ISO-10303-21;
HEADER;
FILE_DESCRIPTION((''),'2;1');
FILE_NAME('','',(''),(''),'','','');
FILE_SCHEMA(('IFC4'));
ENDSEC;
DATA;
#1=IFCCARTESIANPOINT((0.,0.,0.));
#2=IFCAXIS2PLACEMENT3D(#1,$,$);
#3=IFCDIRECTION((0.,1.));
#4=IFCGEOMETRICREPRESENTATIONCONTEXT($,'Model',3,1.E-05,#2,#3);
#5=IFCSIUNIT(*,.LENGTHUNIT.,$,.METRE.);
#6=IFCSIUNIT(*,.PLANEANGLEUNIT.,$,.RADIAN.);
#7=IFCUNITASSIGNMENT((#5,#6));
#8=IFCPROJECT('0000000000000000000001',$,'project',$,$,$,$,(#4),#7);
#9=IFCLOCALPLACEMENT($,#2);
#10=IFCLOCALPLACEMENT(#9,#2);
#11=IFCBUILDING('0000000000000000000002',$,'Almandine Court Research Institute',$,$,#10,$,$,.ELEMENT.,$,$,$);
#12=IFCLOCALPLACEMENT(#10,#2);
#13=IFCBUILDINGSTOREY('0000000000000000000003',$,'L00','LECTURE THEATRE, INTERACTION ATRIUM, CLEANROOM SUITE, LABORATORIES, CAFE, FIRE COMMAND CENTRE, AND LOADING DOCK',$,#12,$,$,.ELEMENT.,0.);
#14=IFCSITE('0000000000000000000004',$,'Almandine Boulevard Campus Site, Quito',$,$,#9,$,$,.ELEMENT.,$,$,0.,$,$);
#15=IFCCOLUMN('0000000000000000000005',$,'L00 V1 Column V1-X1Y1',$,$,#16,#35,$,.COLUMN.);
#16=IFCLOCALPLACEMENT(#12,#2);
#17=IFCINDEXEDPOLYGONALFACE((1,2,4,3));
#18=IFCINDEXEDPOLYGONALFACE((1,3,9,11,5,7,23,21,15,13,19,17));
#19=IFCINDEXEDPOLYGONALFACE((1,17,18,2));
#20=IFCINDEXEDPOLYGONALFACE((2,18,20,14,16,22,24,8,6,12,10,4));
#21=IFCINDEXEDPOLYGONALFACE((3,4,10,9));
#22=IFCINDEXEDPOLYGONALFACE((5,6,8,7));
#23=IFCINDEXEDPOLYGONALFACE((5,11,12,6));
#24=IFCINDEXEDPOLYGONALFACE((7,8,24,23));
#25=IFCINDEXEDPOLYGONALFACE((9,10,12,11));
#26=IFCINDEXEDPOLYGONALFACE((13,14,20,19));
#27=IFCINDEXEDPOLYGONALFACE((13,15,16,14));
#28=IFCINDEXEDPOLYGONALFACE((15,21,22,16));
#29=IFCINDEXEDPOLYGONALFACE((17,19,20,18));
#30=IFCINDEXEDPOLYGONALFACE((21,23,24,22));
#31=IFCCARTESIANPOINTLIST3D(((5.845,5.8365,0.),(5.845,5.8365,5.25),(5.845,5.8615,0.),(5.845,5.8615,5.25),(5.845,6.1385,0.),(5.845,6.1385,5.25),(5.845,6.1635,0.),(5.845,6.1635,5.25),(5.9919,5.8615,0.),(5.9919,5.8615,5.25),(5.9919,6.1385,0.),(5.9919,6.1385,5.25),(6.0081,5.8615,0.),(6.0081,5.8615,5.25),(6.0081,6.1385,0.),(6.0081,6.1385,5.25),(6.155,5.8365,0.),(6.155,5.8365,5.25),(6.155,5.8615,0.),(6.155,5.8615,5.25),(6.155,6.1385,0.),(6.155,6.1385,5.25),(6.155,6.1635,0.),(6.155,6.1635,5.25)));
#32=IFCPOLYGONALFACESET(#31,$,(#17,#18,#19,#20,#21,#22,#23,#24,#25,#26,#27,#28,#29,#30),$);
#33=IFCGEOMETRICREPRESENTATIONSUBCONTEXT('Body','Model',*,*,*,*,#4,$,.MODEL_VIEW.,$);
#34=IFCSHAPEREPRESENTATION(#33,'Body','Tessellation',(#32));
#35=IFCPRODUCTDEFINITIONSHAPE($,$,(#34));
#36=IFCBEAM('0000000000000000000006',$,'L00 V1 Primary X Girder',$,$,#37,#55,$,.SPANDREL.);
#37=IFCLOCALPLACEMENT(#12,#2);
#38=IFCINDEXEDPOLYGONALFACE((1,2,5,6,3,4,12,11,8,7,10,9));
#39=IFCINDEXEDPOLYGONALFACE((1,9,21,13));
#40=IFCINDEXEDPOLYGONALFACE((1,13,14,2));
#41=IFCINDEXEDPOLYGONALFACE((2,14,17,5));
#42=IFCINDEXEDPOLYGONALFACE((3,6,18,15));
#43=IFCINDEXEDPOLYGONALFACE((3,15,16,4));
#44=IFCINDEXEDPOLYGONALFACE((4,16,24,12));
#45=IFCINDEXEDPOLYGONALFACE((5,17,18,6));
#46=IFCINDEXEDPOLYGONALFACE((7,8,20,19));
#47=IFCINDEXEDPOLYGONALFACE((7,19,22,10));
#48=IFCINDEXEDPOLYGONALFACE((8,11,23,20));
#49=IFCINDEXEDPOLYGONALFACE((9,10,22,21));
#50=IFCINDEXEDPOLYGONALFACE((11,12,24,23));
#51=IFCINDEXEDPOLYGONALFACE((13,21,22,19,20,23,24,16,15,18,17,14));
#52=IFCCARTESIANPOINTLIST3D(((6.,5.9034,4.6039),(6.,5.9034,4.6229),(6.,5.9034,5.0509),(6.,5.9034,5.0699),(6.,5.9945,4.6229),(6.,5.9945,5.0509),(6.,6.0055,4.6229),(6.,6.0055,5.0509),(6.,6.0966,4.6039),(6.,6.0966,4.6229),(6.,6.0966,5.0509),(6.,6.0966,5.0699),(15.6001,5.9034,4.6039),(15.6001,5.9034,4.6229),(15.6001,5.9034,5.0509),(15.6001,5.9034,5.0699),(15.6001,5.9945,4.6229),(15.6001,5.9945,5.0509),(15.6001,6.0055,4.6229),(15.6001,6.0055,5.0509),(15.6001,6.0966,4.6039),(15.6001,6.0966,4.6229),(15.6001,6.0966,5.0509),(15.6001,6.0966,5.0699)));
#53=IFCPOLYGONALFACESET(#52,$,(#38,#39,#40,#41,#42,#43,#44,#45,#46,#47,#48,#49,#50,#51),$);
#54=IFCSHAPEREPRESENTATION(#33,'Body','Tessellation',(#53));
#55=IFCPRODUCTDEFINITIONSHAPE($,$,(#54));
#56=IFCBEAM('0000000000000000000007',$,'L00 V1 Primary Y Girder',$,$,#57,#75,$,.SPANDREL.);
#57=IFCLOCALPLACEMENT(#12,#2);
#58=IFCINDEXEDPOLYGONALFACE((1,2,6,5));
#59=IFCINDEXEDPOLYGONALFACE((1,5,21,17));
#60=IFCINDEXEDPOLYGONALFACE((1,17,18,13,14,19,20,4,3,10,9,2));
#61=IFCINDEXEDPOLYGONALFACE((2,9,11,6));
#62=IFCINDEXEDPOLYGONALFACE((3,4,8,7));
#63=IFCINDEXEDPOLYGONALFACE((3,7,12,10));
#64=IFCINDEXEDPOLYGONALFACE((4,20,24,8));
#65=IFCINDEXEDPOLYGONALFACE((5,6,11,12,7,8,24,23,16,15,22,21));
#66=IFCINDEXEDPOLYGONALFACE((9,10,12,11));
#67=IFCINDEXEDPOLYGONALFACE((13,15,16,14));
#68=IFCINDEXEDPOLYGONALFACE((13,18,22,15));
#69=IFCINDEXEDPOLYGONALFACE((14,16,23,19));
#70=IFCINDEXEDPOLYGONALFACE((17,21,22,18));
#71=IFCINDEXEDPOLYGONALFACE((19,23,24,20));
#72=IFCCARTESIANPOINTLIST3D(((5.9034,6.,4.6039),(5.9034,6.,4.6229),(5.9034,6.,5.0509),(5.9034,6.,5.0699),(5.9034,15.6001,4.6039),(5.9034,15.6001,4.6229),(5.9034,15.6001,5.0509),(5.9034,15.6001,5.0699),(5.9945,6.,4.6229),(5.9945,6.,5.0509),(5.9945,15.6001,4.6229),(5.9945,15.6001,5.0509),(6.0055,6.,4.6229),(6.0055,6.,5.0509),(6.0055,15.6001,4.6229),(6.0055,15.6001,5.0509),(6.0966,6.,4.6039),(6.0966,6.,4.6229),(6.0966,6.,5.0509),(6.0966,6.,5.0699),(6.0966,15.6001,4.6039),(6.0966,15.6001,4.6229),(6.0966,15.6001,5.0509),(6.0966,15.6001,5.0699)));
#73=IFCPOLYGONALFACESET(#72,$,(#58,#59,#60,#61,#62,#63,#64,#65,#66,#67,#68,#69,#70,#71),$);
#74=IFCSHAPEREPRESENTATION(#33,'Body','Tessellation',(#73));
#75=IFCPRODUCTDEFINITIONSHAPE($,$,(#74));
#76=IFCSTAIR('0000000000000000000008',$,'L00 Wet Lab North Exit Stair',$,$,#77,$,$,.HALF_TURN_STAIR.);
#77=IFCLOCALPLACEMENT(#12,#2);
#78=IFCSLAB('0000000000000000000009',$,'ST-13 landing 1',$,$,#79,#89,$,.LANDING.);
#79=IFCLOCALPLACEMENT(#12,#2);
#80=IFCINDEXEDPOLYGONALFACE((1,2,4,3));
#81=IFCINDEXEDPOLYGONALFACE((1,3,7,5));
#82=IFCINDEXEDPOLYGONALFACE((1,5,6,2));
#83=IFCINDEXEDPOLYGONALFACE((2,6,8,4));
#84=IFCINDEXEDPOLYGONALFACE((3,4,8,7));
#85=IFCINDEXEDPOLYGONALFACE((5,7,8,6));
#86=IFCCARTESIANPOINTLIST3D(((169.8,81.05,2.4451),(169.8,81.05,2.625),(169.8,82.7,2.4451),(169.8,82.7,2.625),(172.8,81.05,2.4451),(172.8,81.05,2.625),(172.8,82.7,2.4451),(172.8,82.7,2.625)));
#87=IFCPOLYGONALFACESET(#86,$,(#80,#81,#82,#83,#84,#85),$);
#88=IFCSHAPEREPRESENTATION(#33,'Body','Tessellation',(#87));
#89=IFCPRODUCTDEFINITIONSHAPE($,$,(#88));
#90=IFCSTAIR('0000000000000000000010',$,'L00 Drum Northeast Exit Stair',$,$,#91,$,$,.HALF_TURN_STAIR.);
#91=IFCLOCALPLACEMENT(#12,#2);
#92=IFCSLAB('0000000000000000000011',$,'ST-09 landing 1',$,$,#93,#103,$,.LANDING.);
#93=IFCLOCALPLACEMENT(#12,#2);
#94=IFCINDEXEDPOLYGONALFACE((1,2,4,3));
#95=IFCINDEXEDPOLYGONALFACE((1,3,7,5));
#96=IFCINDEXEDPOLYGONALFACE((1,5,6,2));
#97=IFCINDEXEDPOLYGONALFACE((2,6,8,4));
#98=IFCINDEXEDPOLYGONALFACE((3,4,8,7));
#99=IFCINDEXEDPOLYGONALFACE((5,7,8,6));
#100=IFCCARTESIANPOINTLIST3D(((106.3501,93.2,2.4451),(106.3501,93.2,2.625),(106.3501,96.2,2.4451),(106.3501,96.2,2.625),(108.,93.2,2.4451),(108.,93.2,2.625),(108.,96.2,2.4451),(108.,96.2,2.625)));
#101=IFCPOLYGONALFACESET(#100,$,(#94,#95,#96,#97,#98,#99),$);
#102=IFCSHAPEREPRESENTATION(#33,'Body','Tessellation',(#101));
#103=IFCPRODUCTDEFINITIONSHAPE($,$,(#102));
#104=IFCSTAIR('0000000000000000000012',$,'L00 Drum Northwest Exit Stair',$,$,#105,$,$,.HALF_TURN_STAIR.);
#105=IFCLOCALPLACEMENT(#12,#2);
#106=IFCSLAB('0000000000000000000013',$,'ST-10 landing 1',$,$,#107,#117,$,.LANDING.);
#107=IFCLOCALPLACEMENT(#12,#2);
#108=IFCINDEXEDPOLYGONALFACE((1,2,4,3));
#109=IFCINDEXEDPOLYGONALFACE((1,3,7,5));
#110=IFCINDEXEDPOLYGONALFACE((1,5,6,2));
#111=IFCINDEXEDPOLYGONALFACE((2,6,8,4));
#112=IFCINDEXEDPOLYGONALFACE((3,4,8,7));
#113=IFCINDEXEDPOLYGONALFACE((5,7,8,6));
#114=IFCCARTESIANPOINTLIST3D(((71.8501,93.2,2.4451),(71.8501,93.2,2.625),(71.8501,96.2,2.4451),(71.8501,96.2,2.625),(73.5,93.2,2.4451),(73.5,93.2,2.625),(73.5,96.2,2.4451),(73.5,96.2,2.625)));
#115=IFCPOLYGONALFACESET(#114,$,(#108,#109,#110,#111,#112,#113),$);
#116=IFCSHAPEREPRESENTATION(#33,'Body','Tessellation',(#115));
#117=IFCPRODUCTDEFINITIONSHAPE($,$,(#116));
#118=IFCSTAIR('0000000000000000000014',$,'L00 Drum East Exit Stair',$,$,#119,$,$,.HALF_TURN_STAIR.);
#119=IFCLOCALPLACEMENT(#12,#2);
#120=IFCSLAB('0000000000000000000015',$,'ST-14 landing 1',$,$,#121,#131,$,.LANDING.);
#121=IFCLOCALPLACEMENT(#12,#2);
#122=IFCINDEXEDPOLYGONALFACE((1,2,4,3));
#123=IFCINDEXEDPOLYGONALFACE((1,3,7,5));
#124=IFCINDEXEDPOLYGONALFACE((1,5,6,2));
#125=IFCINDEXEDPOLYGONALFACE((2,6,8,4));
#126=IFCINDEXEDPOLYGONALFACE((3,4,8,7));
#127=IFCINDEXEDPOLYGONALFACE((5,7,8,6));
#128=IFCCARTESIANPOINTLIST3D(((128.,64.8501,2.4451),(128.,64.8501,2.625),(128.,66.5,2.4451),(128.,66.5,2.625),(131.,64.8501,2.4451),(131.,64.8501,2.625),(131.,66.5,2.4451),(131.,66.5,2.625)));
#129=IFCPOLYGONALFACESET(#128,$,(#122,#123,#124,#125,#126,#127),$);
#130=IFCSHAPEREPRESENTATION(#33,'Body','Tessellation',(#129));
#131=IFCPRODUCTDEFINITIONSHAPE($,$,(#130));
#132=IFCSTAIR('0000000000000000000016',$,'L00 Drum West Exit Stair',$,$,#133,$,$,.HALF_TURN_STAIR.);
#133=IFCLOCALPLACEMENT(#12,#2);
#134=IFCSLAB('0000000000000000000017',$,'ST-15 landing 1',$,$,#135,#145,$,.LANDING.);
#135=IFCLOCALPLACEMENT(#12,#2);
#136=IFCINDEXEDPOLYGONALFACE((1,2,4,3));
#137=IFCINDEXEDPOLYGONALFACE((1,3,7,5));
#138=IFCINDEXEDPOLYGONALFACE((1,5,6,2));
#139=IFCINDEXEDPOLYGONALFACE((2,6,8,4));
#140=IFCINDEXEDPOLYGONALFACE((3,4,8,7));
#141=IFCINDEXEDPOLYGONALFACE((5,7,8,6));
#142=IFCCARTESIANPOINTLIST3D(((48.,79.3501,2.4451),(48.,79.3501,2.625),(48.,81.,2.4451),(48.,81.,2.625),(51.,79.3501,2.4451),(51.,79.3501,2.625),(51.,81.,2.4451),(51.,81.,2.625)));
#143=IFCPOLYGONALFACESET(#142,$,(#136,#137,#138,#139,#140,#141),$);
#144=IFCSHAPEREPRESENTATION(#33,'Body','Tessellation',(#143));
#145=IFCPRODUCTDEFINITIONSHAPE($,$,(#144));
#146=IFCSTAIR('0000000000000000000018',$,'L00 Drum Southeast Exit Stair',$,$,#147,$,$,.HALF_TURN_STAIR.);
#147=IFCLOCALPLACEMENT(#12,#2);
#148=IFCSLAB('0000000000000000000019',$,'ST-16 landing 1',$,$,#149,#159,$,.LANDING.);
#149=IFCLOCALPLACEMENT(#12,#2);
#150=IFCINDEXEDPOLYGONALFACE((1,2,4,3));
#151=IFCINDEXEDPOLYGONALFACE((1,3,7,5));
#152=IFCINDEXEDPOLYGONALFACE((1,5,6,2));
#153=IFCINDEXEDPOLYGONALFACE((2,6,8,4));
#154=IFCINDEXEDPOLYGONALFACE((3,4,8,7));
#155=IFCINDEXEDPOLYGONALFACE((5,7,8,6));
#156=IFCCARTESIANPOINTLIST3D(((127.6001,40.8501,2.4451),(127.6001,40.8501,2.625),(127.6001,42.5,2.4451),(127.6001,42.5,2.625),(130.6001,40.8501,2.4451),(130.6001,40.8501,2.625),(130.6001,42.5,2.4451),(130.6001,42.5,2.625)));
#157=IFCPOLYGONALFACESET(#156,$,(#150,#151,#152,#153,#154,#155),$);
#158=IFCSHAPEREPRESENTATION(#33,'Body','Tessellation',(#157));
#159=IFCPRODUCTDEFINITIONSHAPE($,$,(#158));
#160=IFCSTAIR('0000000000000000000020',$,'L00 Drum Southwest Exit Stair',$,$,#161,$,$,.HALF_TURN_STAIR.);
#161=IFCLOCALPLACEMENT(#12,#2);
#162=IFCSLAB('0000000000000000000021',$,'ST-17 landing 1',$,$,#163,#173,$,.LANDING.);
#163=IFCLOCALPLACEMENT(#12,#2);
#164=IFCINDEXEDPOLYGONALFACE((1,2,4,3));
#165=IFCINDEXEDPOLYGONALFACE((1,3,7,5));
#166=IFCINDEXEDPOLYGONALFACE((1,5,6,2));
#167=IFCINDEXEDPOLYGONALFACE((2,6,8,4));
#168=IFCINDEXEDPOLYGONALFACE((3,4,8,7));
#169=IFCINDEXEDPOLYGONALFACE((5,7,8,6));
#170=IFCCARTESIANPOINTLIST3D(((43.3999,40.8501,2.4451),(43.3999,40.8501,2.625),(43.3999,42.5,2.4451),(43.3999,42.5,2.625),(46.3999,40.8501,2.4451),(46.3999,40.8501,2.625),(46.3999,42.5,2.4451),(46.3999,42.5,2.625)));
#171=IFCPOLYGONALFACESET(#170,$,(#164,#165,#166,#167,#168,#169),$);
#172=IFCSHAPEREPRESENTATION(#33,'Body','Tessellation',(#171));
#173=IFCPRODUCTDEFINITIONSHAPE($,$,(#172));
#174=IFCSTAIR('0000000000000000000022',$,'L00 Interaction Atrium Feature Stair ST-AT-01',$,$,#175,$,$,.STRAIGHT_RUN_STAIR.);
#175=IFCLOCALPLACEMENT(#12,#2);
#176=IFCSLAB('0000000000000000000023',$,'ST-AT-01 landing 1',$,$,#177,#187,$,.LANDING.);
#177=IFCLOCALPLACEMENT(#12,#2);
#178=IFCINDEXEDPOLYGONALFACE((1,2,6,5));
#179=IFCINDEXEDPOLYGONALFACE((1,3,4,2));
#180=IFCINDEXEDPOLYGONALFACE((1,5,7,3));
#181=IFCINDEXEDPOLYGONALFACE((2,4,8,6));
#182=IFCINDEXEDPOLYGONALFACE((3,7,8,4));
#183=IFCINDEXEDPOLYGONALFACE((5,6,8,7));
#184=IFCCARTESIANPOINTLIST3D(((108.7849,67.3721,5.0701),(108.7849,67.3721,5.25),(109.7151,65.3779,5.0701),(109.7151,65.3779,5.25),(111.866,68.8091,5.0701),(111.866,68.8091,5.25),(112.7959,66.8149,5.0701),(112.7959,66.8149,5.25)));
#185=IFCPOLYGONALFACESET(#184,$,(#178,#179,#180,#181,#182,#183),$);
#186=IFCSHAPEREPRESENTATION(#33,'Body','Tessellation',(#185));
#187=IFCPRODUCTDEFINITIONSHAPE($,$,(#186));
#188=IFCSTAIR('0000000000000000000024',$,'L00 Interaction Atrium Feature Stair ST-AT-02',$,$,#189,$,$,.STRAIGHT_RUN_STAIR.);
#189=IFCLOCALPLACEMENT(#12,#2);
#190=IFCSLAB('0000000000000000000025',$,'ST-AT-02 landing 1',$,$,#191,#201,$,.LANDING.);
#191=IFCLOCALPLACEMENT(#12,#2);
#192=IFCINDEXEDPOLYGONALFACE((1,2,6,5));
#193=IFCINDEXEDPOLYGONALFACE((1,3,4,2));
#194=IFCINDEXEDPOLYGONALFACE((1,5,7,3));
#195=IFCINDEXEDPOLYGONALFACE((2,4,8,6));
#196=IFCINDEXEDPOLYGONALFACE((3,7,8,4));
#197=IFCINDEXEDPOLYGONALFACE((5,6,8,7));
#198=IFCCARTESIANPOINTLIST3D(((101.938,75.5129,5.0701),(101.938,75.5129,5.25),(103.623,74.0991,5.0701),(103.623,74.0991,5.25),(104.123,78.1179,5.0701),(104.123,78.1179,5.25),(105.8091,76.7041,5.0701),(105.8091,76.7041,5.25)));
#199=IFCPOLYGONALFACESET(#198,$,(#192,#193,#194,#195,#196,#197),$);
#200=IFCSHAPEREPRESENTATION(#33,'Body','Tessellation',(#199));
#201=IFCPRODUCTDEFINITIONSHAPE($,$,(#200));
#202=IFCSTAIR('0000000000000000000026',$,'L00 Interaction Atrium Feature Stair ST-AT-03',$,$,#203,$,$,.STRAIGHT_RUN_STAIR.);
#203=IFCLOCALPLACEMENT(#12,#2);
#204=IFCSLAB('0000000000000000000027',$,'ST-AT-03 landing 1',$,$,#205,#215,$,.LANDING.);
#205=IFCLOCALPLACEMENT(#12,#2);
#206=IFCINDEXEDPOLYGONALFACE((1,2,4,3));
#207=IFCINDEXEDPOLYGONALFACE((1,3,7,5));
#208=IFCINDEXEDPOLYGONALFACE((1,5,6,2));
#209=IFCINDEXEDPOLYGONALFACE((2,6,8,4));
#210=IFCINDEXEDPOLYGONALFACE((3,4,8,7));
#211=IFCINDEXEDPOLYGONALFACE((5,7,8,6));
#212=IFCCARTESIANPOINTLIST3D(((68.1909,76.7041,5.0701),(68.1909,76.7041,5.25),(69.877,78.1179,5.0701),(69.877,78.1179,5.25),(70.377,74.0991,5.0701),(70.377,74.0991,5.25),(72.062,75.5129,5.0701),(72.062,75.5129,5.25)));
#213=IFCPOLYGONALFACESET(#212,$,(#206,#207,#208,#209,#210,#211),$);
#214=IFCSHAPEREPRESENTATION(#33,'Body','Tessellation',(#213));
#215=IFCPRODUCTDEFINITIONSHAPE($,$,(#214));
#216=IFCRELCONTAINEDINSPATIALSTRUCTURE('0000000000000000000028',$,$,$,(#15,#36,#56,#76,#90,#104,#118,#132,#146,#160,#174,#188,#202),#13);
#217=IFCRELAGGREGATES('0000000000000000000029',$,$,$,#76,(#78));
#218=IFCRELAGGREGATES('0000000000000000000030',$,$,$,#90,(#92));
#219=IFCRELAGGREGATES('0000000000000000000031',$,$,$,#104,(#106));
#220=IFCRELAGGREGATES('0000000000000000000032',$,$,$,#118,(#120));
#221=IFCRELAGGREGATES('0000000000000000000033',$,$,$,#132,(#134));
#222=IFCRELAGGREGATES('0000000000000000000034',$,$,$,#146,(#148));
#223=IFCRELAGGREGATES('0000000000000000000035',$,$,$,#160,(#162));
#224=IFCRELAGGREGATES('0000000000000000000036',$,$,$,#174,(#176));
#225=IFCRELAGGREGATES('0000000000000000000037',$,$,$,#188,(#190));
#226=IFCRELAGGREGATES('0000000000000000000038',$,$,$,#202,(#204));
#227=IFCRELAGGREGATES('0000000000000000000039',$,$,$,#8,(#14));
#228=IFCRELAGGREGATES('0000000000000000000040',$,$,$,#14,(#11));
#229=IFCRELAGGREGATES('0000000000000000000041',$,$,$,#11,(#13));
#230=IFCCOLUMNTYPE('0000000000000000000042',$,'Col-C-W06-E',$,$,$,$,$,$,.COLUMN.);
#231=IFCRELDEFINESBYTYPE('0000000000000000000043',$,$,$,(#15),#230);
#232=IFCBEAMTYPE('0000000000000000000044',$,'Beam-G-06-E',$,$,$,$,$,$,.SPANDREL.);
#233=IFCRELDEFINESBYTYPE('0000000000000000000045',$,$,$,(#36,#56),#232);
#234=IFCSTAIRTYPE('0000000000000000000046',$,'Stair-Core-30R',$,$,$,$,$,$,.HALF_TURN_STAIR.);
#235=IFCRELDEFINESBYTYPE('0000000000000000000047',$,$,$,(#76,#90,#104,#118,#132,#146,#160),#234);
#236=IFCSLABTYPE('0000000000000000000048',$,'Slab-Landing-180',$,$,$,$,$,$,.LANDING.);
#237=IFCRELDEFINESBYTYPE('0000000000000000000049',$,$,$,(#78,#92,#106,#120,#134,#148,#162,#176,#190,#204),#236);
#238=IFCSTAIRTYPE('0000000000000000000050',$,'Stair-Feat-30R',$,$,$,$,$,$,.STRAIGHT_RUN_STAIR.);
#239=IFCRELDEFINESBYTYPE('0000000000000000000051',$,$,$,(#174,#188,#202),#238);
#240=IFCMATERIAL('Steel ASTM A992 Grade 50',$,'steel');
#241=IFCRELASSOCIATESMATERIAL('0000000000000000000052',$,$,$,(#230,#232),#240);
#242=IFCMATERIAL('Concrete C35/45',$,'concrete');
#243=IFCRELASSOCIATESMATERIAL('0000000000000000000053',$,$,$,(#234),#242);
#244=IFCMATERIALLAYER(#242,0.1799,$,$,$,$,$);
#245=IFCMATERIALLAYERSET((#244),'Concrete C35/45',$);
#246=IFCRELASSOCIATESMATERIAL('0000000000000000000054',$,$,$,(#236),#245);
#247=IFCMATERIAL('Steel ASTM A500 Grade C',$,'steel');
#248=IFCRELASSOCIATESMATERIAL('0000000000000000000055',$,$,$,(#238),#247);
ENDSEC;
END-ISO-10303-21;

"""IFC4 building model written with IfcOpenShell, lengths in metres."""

from ifc_helpers import new_model, si_unit, direction, frame, origin, origin_2d, place, context, subcontext, project, spatial, polyline, i_section, outline, extrude, material, layer, layer_set, material_profile, profile_set, type_object, element, aggregate, save


model = new_model("IFC4")

# Units and contexts
model_context = context("Model", 3, precision=1e-05, world=origin(), true_north=direction((0.0, 1.0)))
body_context = subcontext(model_context, "Body", "Model", "MODEL_VIEW")
ifc_project = project(units=[si_unit("LENGTHUNIT", "METRE"), si_unit("PLANEANGLEUNIT", "RADIAN")], contexts=[model_context])

# Site, building, storey
site_placement = place(None, origin())
site = spatial("IfcSite", under=ifc_project, at=site_placement, Name="Almandine Boulevard Campus Site, Quito", CompositionType="ELEMENT", RefElevation=0.0)
building_placement = place(site_placement, origin())
building = spatial("IfcBuilding", under=site, at=building_placement, Name="Almandine Court Research Institute", CompositionType="ELEMENT")
storey_placement = place(building_placement, origin())
storey = spatial("IfcBuildingStorey", under=building, at=storey_placement, Name="L00", Description="LECTURE THEATRE, INTERACTION ATRIUM, CLEANROOM SUITE, LABORATORIES, CAFE, FIRE COMMAND CENTRE, AND LOADING DOCK", CompositionType="ELEMENT", Elevation=0.0)

# Column
ifc_material_1 = material(Name="Steel ASTM A992 Grade 50", Category="steel")
ifc_material_profile_1 = material_profile(ifc_material_1, i_section(OverallWidth=0.3101, OverallDepth=0.3269, WebThickness=0.0161, FlangeThickness=0.0249, at=origin_2d()), Name="W310x158")
ifc_profile_set_1 = profile_set([ifc_material_profile_1], Name="Steel ASTM A992 Grade 50")
column_type = type_object("IfcColumnType", Name="Col-C-W06-E", PredefinedType="COLUMN", material=ifc_profile_set_1)
column_placement = place(storey_placement, frame((6.0, 6.0, 0.0), z_axis=(0.0, 0.0, 1.0), x_axis=(1.0, 0.0, 0.0)))
element("IfcColumn", 1, at=column_placement, inside=storey, type_object=column_type, Name="L00 V1 Column V1-X1Y1", PredefinedType="COLUMN", context=body_context, shape_type="SweptSolid", body=[
    extrude(i_section(OverallWidth=0.3101, OverallDepth=0.3269, WebThickness=0.0161, FlangeThickness=0.0249, at=origin_2d()), origin(), (0.0, 0.0, 1.0), 5.25),
])

# Beams
ifc_material_profile_2 = material_profile(ifc_material_1, i_section(OverallWidth=0.1931, OverallDepth=0.4661, WebThickness=0.011, FlangeThickness=0.019, at=origin_2d()), Name="W460x97")
ifc_profile_set_2 = profile_set([ifc_material_profile_2], Name="Steel ASTM A992 Grade 50")
beam_type = type_object("IfcBeamType", Name="Beam-G-06-E", PredefinedType="SPANDREL", material=ifc_profile_set_2)
for number, where, z_axis, x_axis, name in (
    (2, (6.0, 6.0, 4.8369), (1.0, 0.0, 0.0), (0.0, 1.0, 0.0), "L00 V1 Primary X Girder"),
    (3, (6.0, 6.0, 4.8369), (0.0, 1.0, 0.0), (-1.0, 0.0, 0.0), "L00 V1 Primary Y Girder"),
):
    element("IfcBeam", number, at=place(storey_placement, frame(where, z_axis=z_axis, x_axis=x_axis)), inside=storey, type_object=beam_type, Name=name, PredefinedType="SPANDREL", context=body_context, shape_type="SweptSolid", body=[
        extrude(i_section(OverallWidth=0.1931, OverallDepth=0.4661, WebThickness=0.011, FlangeThickness=0.019, at=origin_2d()), origin(), (0.0, 0.0, 1.0), 9.6001),
    ])

# Stairs, slabs
ifc_material_2 = material(Name="Concrete C35/45", Category="concrete")
stair_type_1 = type_object("IfcStairType", Name="Stair-Core-30R", PredefinedType="HALF_TURN_STAIR", material=ifc_material_2)
stair_1_placement = place(storey_placement, origin())
stair_1 = element("IfcStair", 4, at=stair_1_placement, inside=storey, type_object=stair_type_1, Name="L00 Wet Lab North Exit Stair", PredefinedType="HALF_TURN_STAIR")
ifc_layer_1 = layer(ifc_material_2, 0.1799)
ifc_layer_set_1 = layer_set([ifc_layer_1], Name="Concrete C35/45")
slab_type = type_object("IfcSlabType", Name="Slab-Landing-180", PredefinedType="LANDING", material=ifc_layer_set_1)
slab_1_placement = place(storey_placement, frame((0.0, 0.0, 2.4451)))
slab_1 = element("IfcSlab", 5, at=slab_1_placement, type_object=slab_type, Name="ST-13 landing 1", PredefinedType="LANDING", context=body_context, shape_type="SweptSolid", body=[
    extrude(outline(polyline([(172.8, 81.05), (172.8, 82.7), (169.8, 82.7), (169.8, 81.05), (172.8, 81.05)])), origin(), (0.0, 0.0, 1.0), 0.1799),
])
aggregate(stair_1, [slab_1])
stair_2_placement = place(storey_placement, origin())
stair_2 = element("IfcStair", 6, at=stair_2_placement, inside=storey, type_object=stair_type_1, Name="L00 Drum Northeast Exit Stair", PredefinedType="HALF_TURN_STAIR")
slab_2_placement = place(storey_placement, frame((0.0, 0.0, 2.4451)))
slab_2 = element("IfcSlab", 7, at=slab_2_placement, type_object=slab_type, Name="ST-09 landing 1", PredefinedType="LANDING", context=body_context, shape_type="SweptSolid", body=[
    extrude(outline(polyline([(106.3501, 93.2), (108.0, 93.2), (108.0, 96.2), (106.3501, 96.2), (106.3501, 93.2)])), origin(), (0.0, 0.0, 1.0), 0.1799),
])
aggregate(stair_2, [slab_2])
stair_3_placement = place(storey_placement, origin())
stair_3 = element("IfcStair", 8, at=stair_3_placement, inside=storey, type_object=stair_type_1, Name="L00 Drum Northwest Exit Stair", PredefinedType="HALF_TURN_STAIR")
slab_3_placement = place(storey_placement, frame((0.0, 0.0, 2.4451)))
slab_3 = element("IfcSlab", 9, at=slab_3_placement, type_object=slab_type, Name="ST-10 landing 1", PredefinedType="LANDING", context=body_context, shape_type="SweptSolid", body=[
    extrude(outline(polyline([(71.8501, 93.2), (73.5, 93.2), (73.5, 96.2), (71.8501, 96.2), (71.8501, 93.2)])), origin(), (0.0, 0.0, 1.0), 0.1799),
])
aggregate(stair_3, [slab_3])
stair_4_placement = place(storey_placement, origin())
stair_4 = element("IfcStair", 10, at=stair_4_placement, inside=storey, type_object=stair_type_1, Name="L00 Drum East Exit Stair", PredefinedType="HALF_TURN_STAIR")
slab_4_placement = place(storey_placement, frame((0.0, 0.0, 2.4451)))
slab_4 = element("IfcSlab", 11, at=slab_4_placement, type_object=slab_type, Name="ST-14 landing 1", PredefinedType="LANDING", context=body_context, shape_type="SweptSolid", body=[
    extrude(outline(polyline([(131.0, 64.8501), (131.0, 66.5), (128.0, 66.5), (128.0, 64.8501), (131.0, 64.8501)])), origin(), (0.0, 0.0, 1.0), 0.1799),
])
aggregate(stair_4, [slab_4])
stair_5_placement = place(storey_placement, origin())
stair_5 = element("IfcStair", 12, at=stair_5_placement, inside=storey, type_object=stair_type_1, Name="L00 Drum West Exit Stair", PredefinedType="HALF_TURN_STAIR")
slab_5_placement = place(storey_placement, frame((0.0, 0.0, 2.4451)))
slab_5 = element("IfcSlab", 13, at=slab_5_placement, type_object=slab_type, Name="ST-15 landing 1", PredefinedType="LANDING", context=body_context, shape_type="SweptSolid", body=[
    extrude(outline(polyline([(51.0, 79.3501), (51.0, 81.0), (48.0, 81.0), (48.0, 79.3501), (51.0, 79.3501)])), origin(), (0.0, 0.0, 1.0), 0.1799),
])
aggregate(stair_5, [slab_5])
stair_6_placement = place(storey_placement, origin())
stair_6 = element("IfcStair", 14, at=stair_6_placement, inside=storey, type_object=stair_type_1, Name="L00 Drum Southeast Exit Stair", PredefinedType="HALF_TURN_STAIR")
slab_6_placement = place(storey_placement, frame((0.0, 0.0, 2.4451)))
slab_6 = element("IfcSlab", 15, at=slab_6_placement, type_object=slab_type, Name="ST-16 landing 1", PredefinedType="LANDING", context=body_context, shape_type="SweptSolid", body=[
    extrude(outline(polyline([(130.6001, 40.8501), (130.6001, 42.5), (127.6001, 42.5), (127.6001, 40.8501), (130.6001, 40.8501)])), origin(), (0.0, 0.0, 1.0), 0.1799),
])
aggregate(stair_6, [slab_6])
stair_7_placement = place(storey_placement, origin())
stair_7 = element("IfcStair", 16, at=stair_7_placement, inside=storey, type_object=stair_type_1, Name="L00 Drum Southwest Exit Stair", PredefinedType="HALF_TURN_STAIR")
slab_7_placement = place(storey_placement, frame((0.0, 0.0, 2.4451)))
slab_7 = element("IfcSlab", 17, at=slab_7_placement, type_object=slab_type, Name="ST-17 landing 1", PredefinedType="LANDING", context=body_context, shape_type="SweptSolid", body=[
    extrude(outline(polyline([(46.3999, 40.8501), (46.3999, 42.5), (43.3999, 42.5), (43.3999, 40.8501), (46.3999, 40.8501)])), origin(), (0.0, 0.0, 1.0), 0.1799),
])
aggregate(stair_7, [slab_7])
ifc_material_3 = material(Name="Steel ASTM A500 Grade C", Category="steel")
stair_type_2 = type_object("IfcStairType", Name="Stair-Feat-30R", PredefinedType="STRAIGHT_RUN_STAIR", material=ifc_material_3)
stair_8_placement = place(storey_placement, origin())
stair_8 = element("IfcStair", 18, at=stair_8_placement, inside=storey, type_object=stair_type_2, Name="L00 Interaction Atrium Feature Stair ST-AT-01", PredefinedType="STRAIGHT_RUN_STAIR")
slab_8_placement = place(storey_placement, frame((0.0, 0.0, 5.0701)))
slab_8 = element("IfcSlab", 19, at=slab_8_placement, type_object=slab_type, Name="ST-AT-01 landing 1", PredefinedType="LANDING", context=body_context, shape_type="SweptSolid", body=[
    extrude(outline(polyline([(108.7849, 67.3721), (111.866, 68.8091), (112.7959, 66.8149), (109.7151, 65.3779), (108.7849, 67.3721)])), origin(), (0.0, 0.0, 1.0), 0.1799),
])
aggregate(stair_8, [slab_8])
stair_9_placement = place(storey_placement, origin())
stair_9 = element("IfcStair", 20, at=stair_9_placement, inside=storey, type_object=stair_type_2, Name="L00 Interaction Atrium Feature Stair ST-AT-02", PredefinedType="STRAIGHT_RUN_STAIR")
slab_9_placement = place(storey_placement, frame((0.0, 0.0, 5.0701)))
slab_9 = element("IfcSlab", 21, at=slab_9_placement, type_object=slab_type, Name="ST-AT-02 landing 1", PredefinedType="LANDING", context=body_context, shape_type="SweptSolid", body=[
    extrude(outline(polyline([(101.938, 75.5129), (104.123, 78.1179), (105.8091, 76.7041), (103.623, 74.0991), (101.938, 75.5129)])), origin(), (0.0, 0.0, 1.0), 0.1799),
])
aggregate(stair_9, [slab_9])
stair_10_placement = place(storey_placement, origin())
stair_10 = element("IfcStair", 22, at=stair_10_placement, inside=storey, type_object=stair_type_2, Name="L00 Interaction Atrium Feature Stair ST-AT-03", PredefinedType="STRAIGHT_RUN_STAIR")
slab_10_placement = place(storey_placement, frame((0.0, 0.0, 5.0701)))
slab_10 = element("IfcSlab", 23, at=slab_10_placement, type_object=slab_type, Name="ST-AT-03 landing 1", PredefinedType="LANDING", context=body_context, shape_type="SweptSolid", body=[
    extrude(outline(polyline([(70.377, 74.0991), (68.1909, 76.7041), (69.877, 78.1179), (72.062, 75.5129), (70.377, 74.0991)])), origin(), (0.0, 0.0, 1.0), 0.1799),
])
aggregate(stair_10, [slab_10])

save(model, "model.ifc")
